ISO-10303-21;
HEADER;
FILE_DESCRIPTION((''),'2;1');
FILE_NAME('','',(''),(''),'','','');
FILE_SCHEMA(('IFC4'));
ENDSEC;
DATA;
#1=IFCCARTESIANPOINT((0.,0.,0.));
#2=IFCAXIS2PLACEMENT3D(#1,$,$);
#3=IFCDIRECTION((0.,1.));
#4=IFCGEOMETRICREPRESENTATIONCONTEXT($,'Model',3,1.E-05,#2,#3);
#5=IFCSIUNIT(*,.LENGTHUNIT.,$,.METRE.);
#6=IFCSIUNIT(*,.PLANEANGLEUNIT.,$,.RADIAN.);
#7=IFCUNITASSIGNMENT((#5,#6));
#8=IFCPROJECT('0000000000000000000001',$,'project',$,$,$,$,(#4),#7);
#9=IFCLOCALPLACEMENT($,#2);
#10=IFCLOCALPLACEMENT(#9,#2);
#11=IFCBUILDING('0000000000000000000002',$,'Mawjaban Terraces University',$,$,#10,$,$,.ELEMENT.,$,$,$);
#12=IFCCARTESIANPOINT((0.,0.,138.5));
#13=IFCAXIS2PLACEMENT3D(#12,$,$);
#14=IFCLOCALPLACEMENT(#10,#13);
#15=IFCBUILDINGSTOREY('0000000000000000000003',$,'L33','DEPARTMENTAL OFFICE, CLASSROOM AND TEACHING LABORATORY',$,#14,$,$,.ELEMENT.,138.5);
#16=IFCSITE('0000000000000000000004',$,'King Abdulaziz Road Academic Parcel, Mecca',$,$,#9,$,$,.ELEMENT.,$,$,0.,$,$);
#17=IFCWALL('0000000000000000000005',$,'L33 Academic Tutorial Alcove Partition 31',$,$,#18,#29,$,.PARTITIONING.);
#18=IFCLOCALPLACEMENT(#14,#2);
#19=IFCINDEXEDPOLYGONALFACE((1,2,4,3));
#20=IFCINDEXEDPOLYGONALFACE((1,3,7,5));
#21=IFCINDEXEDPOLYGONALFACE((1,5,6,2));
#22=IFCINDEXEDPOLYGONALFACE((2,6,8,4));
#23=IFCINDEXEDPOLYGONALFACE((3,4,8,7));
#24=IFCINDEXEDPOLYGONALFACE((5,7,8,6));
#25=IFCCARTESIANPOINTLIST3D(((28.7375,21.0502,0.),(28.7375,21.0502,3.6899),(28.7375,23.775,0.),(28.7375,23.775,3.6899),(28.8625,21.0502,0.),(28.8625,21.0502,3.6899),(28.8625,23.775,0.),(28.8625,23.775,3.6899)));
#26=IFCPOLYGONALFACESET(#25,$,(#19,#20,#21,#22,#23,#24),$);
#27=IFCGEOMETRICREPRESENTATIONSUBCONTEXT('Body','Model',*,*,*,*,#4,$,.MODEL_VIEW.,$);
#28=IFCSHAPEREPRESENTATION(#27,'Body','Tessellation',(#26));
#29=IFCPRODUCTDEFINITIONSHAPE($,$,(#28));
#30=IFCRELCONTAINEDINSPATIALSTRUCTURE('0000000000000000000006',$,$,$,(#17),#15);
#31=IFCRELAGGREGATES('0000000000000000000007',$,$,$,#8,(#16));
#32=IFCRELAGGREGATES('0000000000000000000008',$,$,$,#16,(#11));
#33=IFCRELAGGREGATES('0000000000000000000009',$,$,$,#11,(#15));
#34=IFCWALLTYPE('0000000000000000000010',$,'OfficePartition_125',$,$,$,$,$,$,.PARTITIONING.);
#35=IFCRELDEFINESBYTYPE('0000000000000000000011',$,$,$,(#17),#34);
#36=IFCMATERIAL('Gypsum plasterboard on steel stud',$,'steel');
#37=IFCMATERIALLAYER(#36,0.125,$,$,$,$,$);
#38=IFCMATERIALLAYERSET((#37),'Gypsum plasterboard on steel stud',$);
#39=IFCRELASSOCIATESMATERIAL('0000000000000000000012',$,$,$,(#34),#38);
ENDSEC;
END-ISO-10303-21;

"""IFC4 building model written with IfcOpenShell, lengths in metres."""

from ifc_helpers import new_model, si_unit, direction, frame, frame_2d, origin, place, context, subcontext, project, spatial, rectangle, extrude, material, layer, layer_set, type_object, element, save


model = new_model("IFC4")

# Units and contexts
model_context = context("Model", 3, precision=1e-05, world=origin(), true_north=direction((0.0, 1.0)))
body_context = subcontext(model_context, "Body", "Model", "MODEL_VIEW")
ifc_project = project(units=[si_unit("LENGTHUNIT", "METRE"), si_unit("PLANEANGLEUNIT", "RADIAN")], contexts=[model_context])

# Site, building, storey
site_placement = place(None, origin())
site = spatial("IfcSite", under=ifc_project, at=site_placement, Name="King Abdulaziz Road Academic Parcel, Mecca", CompositionType="ELEMENT", RefElevation=0.0)
building_placement = place(site_placement, origin())
building = spatial("IfcBuilding", under=site, at=building_placement, Name="Mawjaban Terraces University", CompositionType="ELEMENT")
storey_placement = place(building_placement, frame((0.0, 0.0, 138.5)))
storey = spatial("IfcBuildingStorey", under=building, at=storey_placement, Name="L33", Description="DEPARTMENTAL OFFICE, CLASSROOM AND TEACHING LABORATORY", CompositionType="ELEMENT", Elevation=138.5)

# Wall
ifc_material_1 = material(Name="Gypsum plasterboard on steel stud", Category="steel")
ifc_layer_1 = layer(ifc_material_1, 0.125)
ifc_layer_set_1 = layer_set([ifc_layer_1], Name="Gypsum plasterboard on steel stud")
wall_type_1 = type_object("IfcWallType", Name="OfficePartition_125", PredefinedType="PARTITIONING", material=ifc_layer_set_1)
wall_1_placement = place(storey_placement, frame((28.8, 23.7749, 0.0), z_axis=(0.0, 0.0, 1.0), x_axis=(0.0, -1.0, 0.0)))
element("IfcWall", 1, at=wall_1_placement, inside=storey, type_object=wall_type_1, Name="L33 Academic Tutorial Alcove Partition 31", PredefinedType="PARTITIONING", context=body_context, shape_type="SweptSolid", body=[
    extrude(rectangle(XDim=2.7249, YDim=0.125, at=frame_2d((1.3623, 0.0))), origin(), (0.0, 0.0, 1.0), 3.6899),
])

save(model, "model.ifc")
